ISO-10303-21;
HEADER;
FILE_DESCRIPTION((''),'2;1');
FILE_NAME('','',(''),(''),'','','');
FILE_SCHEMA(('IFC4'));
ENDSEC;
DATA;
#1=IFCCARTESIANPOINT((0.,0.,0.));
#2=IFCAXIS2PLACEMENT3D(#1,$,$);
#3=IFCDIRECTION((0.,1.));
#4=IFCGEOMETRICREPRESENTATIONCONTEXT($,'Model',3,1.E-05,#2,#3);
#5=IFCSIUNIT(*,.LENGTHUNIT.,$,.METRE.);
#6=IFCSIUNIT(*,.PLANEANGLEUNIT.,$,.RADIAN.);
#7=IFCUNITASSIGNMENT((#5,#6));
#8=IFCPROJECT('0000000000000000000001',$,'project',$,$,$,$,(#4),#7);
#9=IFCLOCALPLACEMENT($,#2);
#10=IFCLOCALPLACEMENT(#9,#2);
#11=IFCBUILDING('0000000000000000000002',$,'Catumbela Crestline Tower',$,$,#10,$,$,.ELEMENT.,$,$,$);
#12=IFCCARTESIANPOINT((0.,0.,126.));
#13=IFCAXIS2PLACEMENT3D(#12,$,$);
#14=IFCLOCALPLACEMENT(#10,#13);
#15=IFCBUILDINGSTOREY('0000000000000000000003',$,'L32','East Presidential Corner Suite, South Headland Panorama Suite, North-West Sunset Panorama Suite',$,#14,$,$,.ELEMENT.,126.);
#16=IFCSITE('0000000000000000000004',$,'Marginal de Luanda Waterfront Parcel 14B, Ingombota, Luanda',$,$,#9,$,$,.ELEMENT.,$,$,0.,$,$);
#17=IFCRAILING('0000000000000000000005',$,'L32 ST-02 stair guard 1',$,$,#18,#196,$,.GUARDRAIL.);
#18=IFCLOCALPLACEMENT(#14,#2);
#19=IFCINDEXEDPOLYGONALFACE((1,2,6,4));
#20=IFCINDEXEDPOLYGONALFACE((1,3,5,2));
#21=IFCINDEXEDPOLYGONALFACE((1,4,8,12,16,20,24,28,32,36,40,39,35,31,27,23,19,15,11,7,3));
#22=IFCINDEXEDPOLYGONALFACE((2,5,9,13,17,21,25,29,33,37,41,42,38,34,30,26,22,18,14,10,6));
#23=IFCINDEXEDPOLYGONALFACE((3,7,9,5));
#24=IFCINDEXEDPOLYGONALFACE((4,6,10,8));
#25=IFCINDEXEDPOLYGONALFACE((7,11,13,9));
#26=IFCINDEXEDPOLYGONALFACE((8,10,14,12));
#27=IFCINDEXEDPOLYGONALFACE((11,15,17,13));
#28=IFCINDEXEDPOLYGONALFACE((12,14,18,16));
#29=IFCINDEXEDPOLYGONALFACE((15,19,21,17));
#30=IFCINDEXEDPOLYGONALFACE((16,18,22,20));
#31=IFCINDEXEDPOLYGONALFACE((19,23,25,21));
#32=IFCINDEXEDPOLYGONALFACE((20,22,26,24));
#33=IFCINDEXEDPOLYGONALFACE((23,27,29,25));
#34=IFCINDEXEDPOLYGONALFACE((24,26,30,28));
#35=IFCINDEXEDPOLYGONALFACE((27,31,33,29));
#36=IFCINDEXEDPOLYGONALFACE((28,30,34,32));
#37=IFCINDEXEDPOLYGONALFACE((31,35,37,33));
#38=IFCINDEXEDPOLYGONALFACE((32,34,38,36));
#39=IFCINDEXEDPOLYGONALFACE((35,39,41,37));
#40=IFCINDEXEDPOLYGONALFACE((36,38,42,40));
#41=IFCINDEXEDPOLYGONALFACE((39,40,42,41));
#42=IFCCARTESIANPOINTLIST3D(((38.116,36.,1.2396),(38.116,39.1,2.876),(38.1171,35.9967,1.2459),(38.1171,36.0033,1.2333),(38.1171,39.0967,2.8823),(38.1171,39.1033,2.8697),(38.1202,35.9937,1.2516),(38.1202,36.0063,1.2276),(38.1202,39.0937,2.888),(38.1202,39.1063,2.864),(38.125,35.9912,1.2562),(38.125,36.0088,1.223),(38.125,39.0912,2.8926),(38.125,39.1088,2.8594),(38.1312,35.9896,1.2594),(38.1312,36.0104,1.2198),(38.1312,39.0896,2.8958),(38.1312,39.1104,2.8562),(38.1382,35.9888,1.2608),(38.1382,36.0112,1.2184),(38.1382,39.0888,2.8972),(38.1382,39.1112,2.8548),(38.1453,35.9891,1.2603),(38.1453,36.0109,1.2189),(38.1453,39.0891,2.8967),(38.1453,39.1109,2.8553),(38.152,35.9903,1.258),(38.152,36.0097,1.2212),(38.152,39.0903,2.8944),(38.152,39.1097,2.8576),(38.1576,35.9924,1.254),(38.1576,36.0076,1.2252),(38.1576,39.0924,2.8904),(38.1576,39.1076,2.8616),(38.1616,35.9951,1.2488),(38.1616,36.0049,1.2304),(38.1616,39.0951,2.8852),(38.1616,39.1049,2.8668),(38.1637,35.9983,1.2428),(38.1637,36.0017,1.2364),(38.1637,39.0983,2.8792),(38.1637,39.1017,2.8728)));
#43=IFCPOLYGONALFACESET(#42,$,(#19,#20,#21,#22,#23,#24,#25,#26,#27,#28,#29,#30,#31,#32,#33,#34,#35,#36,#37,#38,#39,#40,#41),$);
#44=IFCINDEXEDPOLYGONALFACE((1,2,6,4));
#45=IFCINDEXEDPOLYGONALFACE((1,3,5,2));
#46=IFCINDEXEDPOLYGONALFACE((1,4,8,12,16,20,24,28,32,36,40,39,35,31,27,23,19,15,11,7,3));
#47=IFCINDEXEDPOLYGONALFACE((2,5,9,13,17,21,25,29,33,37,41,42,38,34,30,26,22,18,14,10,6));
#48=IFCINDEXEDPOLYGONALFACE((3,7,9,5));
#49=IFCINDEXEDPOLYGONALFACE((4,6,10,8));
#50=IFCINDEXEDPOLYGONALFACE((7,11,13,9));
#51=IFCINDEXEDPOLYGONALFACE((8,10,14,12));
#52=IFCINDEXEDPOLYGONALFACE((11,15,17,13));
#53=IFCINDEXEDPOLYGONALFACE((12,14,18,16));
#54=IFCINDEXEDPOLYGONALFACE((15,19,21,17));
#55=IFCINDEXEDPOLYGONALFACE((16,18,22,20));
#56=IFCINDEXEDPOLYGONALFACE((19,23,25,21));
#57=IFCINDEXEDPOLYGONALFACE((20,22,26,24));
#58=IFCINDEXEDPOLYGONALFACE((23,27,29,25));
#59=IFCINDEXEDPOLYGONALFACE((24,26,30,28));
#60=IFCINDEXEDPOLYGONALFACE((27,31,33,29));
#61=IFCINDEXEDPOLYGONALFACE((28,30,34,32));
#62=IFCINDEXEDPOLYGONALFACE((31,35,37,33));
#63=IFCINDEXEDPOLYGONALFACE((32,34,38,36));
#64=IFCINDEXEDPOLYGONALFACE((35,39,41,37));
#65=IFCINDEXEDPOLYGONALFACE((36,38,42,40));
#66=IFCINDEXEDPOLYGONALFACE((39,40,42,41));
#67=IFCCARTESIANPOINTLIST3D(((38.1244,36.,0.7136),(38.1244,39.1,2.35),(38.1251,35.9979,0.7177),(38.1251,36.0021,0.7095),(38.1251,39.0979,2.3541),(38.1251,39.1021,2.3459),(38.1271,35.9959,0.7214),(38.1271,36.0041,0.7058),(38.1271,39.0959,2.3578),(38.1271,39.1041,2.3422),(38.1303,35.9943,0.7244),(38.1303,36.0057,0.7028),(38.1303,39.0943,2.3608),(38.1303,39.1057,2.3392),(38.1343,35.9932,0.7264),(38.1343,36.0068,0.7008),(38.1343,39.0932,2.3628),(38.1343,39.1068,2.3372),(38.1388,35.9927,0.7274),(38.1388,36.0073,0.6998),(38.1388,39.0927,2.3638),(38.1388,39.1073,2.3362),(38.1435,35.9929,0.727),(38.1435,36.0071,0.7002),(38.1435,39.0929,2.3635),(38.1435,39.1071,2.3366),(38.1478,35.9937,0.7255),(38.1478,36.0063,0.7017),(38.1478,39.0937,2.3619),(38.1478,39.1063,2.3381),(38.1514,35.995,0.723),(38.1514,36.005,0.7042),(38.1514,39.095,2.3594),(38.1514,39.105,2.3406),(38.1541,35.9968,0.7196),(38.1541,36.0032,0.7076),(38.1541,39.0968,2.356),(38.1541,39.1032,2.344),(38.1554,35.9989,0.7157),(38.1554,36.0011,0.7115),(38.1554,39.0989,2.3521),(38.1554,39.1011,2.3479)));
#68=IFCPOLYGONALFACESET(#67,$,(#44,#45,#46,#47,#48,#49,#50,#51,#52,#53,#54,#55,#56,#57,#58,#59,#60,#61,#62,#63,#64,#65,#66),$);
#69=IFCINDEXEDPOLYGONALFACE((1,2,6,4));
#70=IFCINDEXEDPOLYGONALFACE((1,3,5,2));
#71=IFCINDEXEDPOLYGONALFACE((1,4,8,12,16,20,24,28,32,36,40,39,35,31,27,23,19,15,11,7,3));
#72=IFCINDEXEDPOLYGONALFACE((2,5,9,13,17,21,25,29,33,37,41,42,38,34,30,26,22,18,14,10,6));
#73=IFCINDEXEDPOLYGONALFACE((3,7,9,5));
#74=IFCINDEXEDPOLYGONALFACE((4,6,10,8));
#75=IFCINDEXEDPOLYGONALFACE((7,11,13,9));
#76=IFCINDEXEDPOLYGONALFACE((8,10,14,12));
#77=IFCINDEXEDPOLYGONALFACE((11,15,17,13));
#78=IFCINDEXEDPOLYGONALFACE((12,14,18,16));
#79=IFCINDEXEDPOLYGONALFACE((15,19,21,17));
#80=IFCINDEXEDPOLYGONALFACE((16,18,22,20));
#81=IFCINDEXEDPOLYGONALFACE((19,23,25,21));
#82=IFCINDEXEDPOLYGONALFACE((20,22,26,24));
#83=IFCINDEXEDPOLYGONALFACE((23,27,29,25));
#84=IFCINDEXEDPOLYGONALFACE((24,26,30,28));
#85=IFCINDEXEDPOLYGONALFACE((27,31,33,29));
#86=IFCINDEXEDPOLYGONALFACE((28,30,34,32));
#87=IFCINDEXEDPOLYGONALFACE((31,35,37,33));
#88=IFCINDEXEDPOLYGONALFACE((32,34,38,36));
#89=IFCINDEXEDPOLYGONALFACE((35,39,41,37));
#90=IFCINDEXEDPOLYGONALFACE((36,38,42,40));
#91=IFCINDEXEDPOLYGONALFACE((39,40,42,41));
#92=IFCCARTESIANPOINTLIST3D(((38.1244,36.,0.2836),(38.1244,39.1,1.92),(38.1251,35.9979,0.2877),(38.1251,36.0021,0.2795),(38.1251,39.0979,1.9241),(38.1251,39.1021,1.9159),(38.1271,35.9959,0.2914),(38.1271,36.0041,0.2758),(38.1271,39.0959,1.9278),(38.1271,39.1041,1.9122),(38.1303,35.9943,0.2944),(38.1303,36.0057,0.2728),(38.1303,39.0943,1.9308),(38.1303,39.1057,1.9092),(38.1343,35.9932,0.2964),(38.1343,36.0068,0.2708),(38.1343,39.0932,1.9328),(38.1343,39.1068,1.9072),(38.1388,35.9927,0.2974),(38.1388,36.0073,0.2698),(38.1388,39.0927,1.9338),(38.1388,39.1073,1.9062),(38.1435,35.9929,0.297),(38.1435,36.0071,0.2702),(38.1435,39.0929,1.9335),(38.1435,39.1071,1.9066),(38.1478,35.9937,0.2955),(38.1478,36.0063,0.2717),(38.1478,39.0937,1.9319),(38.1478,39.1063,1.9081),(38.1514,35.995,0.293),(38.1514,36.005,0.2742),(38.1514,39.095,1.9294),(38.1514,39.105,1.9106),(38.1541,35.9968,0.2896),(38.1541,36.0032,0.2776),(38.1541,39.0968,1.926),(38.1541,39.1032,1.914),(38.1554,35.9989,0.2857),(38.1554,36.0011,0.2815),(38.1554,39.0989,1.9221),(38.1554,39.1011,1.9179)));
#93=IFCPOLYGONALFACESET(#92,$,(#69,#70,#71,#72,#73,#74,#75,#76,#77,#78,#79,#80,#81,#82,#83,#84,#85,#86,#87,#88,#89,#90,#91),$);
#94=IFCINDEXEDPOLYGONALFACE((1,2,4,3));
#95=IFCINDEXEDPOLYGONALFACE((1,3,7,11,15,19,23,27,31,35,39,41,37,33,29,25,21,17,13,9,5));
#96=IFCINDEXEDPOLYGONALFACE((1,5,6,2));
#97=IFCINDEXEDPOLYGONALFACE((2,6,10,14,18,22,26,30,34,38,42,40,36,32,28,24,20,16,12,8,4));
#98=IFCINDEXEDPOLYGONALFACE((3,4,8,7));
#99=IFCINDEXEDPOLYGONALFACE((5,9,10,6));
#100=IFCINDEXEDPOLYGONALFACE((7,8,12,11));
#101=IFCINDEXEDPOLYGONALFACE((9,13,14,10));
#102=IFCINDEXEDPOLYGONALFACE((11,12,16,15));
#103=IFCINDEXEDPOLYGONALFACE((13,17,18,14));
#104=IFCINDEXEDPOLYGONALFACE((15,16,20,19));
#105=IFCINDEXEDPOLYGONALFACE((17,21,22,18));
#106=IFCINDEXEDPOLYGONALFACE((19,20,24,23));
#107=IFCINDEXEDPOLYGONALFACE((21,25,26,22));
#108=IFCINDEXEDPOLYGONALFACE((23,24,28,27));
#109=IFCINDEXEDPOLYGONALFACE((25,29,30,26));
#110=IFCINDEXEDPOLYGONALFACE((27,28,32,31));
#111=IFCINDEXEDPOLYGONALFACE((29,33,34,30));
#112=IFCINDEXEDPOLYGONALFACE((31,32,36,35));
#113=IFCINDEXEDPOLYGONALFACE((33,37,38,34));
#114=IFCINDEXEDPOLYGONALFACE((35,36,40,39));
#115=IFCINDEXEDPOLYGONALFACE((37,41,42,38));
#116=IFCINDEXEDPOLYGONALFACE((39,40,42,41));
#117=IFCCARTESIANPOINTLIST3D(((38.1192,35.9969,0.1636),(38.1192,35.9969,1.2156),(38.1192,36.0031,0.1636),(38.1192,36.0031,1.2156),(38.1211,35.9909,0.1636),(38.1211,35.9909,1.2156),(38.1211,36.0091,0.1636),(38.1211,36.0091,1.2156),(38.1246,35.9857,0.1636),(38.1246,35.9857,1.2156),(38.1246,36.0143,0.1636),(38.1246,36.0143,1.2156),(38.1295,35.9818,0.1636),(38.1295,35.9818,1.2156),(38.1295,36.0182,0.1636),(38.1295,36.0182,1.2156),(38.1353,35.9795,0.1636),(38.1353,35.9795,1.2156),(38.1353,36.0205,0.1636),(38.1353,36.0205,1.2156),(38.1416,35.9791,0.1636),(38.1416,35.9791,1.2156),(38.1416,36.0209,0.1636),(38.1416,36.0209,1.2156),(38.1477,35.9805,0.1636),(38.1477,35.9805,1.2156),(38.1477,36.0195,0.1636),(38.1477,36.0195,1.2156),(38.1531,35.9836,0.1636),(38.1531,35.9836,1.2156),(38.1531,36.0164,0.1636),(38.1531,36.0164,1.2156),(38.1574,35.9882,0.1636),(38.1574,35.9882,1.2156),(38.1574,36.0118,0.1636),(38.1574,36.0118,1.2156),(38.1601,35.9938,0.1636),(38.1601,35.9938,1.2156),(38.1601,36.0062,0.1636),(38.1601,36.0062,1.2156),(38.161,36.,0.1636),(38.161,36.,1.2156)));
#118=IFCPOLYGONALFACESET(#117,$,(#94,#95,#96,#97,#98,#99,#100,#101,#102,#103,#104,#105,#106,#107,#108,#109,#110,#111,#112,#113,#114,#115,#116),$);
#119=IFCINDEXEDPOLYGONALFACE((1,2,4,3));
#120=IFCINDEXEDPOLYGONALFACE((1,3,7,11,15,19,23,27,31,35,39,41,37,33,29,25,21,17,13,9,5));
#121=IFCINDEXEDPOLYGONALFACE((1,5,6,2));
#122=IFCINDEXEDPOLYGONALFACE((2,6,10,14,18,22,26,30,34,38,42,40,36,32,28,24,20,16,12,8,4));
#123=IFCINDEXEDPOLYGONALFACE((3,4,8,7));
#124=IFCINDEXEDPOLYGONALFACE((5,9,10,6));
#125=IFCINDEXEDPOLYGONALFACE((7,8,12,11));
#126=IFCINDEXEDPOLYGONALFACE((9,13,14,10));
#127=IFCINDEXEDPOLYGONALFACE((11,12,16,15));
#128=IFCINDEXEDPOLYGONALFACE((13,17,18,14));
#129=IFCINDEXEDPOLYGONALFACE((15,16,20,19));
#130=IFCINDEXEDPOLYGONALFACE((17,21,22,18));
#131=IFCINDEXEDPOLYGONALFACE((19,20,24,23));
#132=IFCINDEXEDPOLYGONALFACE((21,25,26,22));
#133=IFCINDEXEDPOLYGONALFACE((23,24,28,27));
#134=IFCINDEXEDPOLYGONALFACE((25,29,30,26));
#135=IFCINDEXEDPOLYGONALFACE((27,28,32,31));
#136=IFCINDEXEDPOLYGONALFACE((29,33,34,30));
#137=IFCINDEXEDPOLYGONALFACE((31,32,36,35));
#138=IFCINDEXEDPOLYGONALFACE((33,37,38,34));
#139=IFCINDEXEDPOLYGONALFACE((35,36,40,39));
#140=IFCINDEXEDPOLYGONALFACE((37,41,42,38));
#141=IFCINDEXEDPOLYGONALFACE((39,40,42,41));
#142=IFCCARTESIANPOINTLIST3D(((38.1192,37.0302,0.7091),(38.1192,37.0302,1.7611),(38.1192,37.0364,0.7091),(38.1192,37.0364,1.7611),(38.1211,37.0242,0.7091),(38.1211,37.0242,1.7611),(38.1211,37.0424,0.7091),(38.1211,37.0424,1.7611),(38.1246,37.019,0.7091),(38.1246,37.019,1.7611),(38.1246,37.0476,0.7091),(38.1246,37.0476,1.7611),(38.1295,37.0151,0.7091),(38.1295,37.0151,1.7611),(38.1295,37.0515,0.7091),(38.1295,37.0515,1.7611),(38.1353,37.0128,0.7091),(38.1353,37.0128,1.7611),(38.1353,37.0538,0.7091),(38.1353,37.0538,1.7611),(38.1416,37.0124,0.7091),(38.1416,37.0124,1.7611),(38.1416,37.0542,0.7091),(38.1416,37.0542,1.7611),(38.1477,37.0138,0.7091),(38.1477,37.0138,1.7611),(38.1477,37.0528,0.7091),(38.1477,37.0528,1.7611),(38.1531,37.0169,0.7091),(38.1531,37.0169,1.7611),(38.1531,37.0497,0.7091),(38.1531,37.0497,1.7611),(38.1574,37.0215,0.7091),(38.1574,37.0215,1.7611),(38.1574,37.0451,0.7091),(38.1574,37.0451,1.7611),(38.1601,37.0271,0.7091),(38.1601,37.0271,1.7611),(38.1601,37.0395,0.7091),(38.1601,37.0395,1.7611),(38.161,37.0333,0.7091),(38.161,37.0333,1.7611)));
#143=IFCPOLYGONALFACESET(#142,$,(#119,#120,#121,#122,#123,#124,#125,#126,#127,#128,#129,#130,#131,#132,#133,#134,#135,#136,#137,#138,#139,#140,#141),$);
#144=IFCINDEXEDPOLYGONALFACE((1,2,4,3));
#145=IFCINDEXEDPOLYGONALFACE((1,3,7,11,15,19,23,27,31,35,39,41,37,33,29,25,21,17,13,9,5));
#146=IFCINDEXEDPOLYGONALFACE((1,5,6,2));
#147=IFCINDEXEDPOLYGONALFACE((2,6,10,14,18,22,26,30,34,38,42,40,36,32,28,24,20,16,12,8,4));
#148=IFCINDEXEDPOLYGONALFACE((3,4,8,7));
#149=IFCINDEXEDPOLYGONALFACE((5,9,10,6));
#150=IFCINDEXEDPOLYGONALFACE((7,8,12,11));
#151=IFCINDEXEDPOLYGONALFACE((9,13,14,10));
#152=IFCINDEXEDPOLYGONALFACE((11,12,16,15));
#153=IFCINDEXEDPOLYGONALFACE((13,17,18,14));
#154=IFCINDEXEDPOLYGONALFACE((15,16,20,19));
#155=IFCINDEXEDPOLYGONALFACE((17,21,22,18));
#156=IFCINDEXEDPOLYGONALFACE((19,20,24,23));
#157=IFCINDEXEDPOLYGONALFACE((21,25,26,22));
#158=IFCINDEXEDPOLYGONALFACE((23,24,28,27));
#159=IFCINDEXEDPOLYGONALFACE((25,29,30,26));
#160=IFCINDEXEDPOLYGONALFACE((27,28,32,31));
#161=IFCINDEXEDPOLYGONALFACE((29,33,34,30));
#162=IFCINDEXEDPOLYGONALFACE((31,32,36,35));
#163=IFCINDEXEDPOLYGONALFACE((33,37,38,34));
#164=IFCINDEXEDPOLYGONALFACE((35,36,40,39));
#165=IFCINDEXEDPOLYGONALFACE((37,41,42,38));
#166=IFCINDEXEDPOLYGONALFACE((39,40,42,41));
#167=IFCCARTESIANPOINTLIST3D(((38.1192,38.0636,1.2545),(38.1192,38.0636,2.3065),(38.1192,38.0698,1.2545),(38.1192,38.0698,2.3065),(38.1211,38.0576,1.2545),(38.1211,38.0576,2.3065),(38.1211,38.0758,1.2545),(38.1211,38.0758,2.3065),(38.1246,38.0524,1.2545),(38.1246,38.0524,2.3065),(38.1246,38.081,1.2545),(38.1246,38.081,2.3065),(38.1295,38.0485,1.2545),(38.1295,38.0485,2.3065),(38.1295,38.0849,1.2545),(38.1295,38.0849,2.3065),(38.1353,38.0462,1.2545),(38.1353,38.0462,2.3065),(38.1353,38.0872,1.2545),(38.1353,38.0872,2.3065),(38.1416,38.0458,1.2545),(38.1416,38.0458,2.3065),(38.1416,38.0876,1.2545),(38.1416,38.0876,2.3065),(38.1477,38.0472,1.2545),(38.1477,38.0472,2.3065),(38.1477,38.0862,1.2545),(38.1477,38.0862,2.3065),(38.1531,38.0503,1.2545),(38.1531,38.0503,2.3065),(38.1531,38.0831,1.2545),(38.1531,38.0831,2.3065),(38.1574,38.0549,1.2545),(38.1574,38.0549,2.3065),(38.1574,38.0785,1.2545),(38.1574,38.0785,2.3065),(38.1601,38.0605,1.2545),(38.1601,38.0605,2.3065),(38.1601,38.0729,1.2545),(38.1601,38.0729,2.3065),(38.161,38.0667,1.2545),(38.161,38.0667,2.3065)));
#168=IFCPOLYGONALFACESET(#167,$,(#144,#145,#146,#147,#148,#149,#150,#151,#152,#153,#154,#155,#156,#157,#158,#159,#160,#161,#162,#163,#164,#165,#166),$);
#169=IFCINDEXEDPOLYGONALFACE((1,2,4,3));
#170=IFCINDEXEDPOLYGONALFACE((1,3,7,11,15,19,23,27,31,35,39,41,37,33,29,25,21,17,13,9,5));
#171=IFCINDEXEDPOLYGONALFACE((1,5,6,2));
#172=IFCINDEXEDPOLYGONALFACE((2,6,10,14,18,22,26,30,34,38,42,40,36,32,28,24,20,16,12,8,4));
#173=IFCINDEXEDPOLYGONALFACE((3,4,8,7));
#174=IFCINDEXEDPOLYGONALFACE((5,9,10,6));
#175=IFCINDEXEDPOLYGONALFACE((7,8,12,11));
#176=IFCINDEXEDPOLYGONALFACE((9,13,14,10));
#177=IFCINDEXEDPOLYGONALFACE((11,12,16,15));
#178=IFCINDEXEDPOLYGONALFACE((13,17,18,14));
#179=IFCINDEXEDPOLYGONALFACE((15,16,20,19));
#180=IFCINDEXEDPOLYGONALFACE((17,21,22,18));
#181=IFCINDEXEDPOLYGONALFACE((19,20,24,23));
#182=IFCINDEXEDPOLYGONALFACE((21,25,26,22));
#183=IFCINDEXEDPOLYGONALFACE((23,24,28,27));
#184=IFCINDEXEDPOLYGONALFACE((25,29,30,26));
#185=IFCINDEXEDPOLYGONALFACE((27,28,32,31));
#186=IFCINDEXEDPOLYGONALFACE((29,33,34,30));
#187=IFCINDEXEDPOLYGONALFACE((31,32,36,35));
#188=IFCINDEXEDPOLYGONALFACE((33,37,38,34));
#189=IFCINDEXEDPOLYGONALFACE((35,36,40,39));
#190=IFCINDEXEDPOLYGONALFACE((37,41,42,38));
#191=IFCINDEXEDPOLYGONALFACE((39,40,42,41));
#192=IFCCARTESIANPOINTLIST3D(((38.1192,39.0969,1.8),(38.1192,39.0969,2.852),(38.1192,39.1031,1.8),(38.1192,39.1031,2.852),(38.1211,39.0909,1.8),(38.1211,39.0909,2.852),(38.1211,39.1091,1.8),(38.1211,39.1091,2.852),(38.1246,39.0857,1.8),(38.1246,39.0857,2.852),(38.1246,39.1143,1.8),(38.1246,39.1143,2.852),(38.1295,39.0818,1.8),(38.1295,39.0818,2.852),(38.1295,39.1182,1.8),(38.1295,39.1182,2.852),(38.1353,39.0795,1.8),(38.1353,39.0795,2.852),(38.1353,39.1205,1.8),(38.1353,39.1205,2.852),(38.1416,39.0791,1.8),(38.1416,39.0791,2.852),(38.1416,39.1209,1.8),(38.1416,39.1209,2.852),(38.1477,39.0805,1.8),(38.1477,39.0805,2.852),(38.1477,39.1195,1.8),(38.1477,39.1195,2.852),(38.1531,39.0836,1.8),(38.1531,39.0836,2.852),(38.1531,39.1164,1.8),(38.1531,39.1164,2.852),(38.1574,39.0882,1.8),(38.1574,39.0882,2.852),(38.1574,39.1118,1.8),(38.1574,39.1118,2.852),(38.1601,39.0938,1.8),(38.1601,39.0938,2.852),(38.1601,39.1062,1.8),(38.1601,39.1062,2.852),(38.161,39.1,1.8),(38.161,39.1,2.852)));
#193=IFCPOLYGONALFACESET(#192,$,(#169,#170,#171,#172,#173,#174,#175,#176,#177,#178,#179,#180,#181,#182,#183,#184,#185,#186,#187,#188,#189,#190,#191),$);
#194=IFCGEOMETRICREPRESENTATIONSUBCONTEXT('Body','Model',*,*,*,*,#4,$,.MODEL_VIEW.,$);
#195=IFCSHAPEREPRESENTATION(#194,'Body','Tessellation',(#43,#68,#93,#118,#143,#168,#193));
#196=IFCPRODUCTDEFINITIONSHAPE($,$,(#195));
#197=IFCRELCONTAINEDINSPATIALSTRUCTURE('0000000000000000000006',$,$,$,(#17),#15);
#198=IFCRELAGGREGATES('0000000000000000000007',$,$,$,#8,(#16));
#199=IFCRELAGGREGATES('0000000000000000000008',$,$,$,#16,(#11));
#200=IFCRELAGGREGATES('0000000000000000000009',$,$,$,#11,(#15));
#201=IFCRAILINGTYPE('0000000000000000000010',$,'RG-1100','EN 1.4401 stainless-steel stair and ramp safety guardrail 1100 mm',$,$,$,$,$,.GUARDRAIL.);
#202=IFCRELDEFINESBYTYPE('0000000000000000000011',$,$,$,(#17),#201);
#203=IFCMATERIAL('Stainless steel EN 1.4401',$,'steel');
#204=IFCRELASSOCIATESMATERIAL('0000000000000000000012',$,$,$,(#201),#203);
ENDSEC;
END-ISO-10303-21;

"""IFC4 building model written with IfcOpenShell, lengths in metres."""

from ifc_helpers import new_model, si_unit, direction, frame, origin, origin_2d, place, context, subcontext, project, spatial, circle, extrude, material, type_object, element, save


model = new_model("IFC4")

# Units and contexts
model_context = context("Model", 3, precision=1e-05, world=origin(), true_north=direction((0.0, 1.0)))
body_context = subcontext(model_context, "Body", "Model", "MODEL_VIEW")
ifc_project = project(units=[si_unit("LENGTHUNIT", "METRE"), si_unit("PLANEANGLEUNIT", "RADIAN")], contexts=[model_context])

# Site, building, storey
site_placement = place(None, origin())
site = spatial("IfcSite", under=ifc_project, at=site_placement, Name="Marginal de Luanda Waterfront Parcel 14B, Ingombota, Luanda", CompositionType="ELEMENT", RefElevation=0.0)
building_placement = place(site_placement, origin())
building = spatial("IfcBuilding", under=site, at=building_placement, Name="Catumbela Crestline Tower", CompositionType="ELEMENT")
storey_placement = place(building_placement, frame((0.0, 0.0, 126.0)))
storey = spatial("IfcBuildingStorey", under=building, at=storey_placement, Name="L32", Description="East Presidential Corner Suite, South Headland Panorama Suite, North-West Sunset Panorama Suite", CompositionType="ELEMENT", Elevation=126.0)

# Shared definitions
ifc_material_1 = material(Name="Stainless steel EN 1.4401", Category="steel")

# Railing
railing_type_1 = type_object("IfcRailingType", Name="RG-1100", Description="EN 1.4401 stainless-steel stair and ramp safety guardrail 1100 mm", PredefinedType="GUARDRAIL", material=ifc_material_1)
railing_1_placement = place(storey_placement, frame((38.14, 36.0, 0.1636)))
element("IfcRailing", 1, at=railing_1_placement, inside=storey, type_object=railing_type_1, Name="L32 ST-02 stair guard 1", PredefinedType="GUARDRAIL", context=body_context, shape_type="SweptSolid", body=[
    extrude(circle(Radius=0.024, at=origin_2d()), frame((0.0, 0.0, 1.076), z_axis=(0.0, 0.884351, 0.466823), x_axis=(-1.0, 0.0, 0.0)), (0.0, 0.0, 1.0), 3.5054),
    extrude(circle(Radius=0.0156, at=origin_2d()), frame((0.0, 0.0, 0.55), z_axis=(0.0, 0.884351, 0.466823), x_axis=(-1.0, 0.0, 0.0)), (0.0, 0.0, 1.0), 3.5054),
    extrude(circle(Radius=0.0156, at=origin_2d()), frame((0.0, 0.0, 0.12), z_axis=(0.0, 0.884351, 0.466823), x_axis=(-1.0, 0.0, 0.0)), (0.0, 0.0, 1.0), 3.5054),
    extrude(circle(Radius=0.021, at=origin_2d()), origin(), (0.0, 0.0, 1.0), 1.052),
    extrude(circle(Radius=0.021, at=origin_2d()), frame((0.0, 1.0333, 0.5455)), (0.0, 0.0, 1.0), 1.052),
    extrude(circle(Radius=0.021, at=origin_2d()), frame((0.0, 2.0667, 1.0909)), (0.0, 0.0, 1.0), 1.052),
    extrude(circle(Radius=0.021, at=origin_2d()), frame((0.0, 3.1, 1.6364)), (0.0, 0.0, 1.0), 1.052),
])

save(model, "model.ifc")
